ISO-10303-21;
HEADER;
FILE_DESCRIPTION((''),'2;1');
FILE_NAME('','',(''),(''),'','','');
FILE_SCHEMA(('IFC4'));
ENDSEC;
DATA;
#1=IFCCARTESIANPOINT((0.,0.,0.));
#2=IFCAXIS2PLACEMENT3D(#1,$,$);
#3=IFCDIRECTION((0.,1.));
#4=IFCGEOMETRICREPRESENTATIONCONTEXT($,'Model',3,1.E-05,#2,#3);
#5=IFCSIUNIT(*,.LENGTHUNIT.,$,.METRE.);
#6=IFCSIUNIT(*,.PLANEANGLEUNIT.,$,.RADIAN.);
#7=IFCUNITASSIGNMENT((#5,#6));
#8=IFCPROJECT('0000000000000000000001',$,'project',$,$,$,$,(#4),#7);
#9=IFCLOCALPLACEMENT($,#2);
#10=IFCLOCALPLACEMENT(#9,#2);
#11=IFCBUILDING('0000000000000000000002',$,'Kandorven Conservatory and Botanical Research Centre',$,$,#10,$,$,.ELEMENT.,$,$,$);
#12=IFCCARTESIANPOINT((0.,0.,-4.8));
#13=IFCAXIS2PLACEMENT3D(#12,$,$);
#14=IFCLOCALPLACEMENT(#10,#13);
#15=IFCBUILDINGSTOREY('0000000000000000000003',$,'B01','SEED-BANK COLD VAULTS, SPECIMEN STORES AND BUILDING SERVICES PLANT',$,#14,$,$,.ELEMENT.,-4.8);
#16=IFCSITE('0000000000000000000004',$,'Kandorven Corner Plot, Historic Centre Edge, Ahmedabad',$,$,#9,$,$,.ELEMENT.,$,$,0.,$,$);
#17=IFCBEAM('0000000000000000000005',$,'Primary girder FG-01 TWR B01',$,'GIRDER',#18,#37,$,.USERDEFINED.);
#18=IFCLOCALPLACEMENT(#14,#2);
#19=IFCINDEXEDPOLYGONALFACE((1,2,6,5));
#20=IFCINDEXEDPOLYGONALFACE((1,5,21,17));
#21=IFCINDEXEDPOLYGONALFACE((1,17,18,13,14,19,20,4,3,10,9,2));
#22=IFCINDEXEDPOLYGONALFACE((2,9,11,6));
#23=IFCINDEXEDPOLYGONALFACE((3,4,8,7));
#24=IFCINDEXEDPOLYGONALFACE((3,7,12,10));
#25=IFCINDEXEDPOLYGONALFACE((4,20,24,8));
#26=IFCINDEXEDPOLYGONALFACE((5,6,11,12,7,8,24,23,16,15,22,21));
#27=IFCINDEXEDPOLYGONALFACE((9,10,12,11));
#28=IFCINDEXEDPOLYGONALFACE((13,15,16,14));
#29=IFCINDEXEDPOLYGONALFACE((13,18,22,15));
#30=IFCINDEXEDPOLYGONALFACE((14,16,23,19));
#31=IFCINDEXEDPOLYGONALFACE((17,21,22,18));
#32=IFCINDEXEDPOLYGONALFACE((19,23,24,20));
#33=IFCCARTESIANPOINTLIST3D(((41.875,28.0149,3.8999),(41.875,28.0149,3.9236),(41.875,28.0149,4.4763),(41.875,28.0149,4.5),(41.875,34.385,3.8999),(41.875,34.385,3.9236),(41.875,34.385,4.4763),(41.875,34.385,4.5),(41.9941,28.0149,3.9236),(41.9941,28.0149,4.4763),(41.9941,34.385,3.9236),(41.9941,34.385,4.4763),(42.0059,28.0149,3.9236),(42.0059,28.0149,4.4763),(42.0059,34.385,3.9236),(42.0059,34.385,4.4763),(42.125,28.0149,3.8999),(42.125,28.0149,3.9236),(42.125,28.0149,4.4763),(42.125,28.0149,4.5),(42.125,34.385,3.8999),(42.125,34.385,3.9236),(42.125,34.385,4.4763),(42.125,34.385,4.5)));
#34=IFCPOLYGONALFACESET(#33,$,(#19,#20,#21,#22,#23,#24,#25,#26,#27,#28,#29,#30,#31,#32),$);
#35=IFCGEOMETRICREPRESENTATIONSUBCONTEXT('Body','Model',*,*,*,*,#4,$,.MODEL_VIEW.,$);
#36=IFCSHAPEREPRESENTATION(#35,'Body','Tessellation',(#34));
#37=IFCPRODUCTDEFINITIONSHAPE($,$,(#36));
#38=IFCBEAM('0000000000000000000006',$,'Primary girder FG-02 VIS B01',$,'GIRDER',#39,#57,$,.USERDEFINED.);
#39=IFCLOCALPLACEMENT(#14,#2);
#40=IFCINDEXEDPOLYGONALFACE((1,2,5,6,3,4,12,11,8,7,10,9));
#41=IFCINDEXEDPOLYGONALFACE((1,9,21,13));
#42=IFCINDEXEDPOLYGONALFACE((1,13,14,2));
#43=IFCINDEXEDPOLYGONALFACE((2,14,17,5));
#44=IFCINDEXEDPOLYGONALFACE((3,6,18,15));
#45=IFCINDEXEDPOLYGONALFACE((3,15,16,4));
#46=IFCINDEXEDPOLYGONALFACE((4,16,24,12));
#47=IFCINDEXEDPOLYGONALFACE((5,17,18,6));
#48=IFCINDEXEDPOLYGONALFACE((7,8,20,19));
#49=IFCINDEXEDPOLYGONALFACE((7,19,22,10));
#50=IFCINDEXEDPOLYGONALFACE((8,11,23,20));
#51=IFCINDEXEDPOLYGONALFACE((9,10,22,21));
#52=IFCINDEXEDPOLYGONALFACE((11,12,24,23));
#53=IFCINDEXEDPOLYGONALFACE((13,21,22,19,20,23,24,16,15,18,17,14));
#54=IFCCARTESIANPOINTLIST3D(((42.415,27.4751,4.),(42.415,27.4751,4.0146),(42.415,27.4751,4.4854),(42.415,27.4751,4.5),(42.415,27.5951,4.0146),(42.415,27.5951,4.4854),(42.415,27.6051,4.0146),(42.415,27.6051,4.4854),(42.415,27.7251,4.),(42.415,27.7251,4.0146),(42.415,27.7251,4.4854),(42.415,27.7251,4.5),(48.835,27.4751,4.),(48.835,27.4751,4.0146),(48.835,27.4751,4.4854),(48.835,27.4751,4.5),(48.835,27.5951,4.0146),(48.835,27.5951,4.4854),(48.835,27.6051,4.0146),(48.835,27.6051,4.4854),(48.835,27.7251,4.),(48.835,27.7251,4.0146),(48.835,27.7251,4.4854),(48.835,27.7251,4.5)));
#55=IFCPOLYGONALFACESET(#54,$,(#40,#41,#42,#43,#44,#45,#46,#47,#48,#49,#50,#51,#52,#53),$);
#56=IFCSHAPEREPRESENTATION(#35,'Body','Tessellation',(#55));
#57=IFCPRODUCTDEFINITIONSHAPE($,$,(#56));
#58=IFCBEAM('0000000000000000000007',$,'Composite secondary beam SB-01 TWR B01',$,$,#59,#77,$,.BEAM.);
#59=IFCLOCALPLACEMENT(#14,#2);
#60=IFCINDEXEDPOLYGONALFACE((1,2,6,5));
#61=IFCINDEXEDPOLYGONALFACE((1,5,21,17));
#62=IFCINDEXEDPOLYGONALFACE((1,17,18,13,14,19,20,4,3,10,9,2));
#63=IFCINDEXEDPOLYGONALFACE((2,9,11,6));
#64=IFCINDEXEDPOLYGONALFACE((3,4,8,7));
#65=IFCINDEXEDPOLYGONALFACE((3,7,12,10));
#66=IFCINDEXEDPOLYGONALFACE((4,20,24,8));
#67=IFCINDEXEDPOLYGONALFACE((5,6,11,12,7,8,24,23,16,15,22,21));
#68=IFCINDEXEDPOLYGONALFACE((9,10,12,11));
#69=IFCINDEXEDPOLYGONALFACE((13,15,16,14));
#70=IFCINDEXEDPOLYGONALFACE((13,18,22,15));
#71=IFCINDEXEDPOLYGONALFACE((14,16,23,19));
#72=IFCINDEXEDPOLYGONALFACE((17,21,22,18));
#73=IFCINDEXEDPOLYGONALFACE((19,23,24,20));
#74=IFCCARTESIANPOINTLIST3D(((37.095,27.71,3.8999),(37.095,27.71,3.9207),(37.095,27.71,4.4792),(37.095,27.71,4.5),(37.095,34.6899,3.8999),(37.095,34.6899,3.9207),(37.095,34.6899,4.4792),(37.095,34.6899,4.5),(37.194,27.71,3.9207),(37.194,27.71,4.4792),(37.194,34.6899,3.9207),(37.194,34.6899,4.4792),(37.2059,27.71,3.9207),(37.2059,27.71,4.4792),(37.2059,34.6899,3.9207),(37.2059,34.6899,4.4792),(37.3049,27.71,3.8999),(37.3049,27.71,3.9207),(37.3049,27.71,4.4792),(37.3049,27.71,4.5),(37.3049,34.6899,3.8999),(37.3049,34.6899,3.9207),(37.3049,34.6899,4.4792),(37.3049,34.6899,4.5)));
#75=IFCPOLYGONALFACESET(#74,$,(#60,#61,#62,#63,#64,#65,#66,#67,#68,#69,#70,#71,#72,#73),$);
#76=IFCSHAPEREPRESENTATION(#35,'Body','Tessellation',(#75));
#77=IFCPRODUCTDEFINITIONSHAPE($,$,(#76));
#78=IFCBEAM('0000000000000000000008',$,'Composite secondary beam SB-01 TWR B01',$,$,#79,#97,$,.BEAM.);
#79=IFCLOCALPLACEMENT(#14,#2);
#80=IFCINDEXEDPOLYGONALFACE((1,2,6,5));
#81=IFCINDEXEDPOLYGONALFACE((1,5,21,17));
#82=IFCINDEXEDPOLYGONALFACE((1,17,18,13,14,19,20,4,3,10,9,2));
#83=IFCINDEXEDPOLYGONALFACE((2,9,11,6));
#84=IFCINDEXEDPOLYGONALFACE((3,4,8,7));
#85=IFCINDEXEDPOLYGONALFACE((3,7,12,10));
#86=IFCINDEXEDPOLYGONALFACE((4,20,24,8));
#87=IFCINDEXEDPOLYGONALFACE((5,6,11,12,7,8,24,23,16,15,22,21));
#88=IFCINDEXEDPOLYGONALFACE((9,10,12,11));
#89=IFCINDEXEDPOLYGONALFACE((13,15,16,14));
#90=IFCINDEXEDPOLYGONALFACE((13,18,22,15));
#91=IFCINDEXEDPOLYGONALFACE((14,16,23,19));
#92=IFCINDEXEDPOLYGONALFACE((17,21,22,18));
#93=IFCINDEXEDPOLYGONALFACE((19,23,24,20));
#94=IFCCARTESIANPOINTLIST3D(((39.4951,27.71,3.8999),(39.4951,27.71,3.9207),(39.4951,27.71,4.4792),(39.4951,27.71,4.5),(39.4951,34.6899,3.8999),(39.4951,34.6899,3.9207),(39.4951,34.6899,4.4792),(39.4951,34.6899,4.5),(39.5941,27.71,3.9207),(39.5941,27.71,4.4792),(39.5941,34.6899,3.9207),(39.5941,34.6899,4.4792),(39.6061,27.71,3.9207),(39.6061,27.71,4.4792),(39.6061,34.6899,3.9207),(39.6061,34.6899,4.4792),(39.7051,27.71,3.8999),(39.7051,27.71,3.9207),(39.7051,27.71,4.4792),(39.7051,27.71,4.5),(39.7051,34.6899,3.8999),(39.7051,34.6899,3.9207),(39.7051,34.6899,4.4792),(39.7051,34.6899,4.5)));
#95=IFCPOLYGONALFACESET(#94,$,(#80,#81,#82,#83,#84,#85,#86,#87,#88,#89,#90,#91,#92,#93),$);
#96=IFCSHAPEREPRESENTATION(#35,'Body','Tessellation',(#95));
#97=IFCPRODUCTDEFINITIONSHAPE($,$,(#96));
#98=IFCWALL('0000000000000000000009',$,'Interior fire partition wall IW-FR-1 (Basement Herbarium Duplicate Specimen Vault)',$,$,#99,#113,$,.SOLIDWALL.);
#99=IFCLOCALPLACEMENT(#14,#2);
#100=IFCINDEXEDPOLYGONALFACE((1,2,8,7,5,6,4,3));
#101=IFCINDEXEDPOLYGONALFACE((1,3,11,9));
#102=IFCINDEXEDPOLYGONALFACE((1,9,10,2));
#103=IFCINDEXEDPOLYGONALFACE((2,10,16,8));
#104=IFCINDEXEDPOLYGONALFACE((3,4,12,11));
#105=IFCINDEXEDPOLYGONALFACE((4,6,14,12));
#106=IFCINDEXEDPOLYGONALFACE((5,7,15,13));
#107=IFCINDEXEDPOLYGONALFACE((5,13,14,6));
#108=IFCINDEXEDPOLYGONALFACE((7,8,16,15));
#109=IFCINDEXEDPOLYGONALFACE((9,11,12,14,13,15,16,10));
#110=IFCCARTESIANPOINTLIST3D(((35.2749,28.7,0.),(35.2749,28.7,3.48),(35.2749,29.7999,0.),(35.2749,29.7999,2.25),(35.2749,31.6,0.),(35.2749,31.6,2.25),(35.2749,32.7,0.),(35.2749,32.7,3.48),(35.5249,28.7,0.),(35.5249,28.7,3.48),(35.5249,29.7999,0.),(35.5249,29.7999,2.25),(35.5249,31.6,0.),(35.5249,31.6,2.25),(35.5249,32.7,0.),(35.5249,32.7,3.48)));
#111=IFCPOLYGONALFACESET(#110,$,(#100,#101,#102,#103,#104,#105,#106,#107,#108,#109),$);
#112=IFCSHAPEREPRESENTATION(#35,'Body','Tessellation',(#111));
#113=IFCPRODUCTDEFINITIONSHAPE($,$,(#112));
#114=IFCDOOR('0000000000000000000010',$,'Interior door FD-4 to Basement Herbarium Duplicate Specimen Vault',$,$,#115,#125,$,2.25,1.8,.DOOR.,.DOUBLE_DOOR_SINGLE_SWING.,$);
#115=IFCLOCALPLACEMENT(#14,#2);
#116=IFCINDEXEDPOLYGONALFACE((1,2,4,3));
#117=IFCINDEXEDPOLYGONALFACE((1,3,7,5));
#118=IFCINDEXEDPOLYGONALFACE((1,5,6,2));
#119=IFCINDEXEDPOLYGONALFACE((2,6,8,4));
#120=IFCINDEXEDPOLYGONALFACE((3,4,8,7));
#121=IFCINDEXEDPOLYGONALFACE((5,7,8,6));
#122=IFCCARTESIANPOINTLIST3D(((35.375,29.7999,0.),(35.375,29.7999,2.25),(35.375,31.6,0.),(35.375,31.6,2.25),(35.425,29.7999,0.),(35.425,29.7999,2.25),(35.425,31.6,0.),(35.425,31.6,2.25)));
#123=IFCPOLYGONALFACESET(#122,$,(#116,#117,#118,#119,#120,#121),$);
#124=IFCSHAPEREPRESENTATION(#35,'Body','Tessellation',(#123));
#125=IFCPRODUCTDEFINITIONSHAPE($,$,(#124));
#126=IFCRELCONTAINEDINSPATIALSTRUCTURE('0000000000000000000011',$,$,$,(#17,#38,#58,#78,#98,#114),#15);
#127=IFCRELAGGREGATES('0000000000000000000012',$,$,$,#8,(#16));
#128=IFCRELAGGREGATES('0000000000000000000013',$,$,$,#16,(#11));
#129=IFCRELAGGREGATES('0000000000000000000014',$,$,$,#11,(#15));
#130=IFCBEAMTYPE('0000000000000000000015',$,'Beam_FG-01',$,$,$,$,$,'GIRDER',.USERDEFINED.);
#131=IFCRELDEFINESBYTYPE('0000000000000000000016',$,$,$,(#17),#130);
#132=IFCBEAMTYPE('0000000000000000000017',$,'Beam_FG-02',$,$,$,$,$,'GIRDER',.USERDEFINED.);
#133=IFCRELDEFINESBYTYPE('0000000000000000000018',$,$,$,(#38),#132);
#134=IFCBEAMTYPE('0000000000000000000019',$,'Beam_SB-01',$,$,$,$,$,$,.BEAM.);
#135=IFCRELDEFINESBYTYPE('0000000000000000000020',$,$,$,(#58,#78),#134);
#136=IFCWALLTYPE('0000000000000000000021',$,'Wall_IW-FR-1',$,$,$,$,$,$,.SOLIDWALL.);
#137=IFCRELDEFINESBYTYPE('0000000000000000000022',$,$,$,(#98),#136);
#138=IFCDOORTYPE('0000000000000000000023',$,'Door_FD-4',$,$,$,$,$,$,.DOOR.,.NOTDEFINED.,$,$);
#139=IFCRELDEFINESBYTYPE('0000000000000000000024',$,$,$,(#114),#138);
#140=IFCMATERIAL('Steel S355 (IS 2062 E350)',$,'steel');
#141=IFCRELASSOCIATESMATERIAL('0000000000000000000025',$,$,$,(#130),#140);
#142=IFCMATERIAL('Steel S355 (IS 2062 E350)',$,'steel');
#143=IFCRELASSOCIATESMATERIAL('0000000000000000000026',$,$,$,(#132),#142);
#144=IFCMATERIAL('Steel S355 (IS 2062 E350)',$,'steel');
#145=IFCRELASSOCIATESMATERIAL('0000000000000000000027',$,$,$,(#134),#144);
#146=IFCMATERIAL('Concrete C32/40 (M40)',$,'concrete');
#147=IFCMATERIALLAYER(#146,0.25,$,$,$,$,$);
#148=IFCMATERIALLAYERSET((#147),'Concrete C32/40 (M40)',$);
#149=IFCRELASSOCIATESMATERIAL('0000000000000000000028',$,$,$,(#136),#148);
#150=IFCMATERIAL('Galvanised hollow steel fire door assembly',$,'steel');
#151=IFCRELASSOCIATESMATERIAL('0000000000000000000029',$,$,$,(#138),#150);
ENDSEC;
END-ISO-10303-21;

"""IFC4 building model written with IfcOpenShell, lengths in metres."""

from ifc_helpers import new_model, si_unit, direction, frame, frame_2d, origin, origin_2d, place, context, subcontext, project, spatial, rectangle, i_section, extrude, material, layer, layer_set, material_profile, profile_set, type_object, element, fill, save


model = new_model("IFC4")

# Units and contexts
model_context = context("Model", 3, precision=1e-05, world=origin(), true_north=direction((0.0, 1.0)))
body_context = subcontext(model_context, "Body", "Model", "MODEL_VIEW")
ifc_project = project(units=[si_unit("LENGTHUNIT", "METRE"), si_unit("PLANEANGLEUNIT", "RADIAN")], contexts=[model_context])

# Site, building, storey
site_placement = place(None, origin())
site = spatial("IfcSite", under=ifc_project, at=site_placement, Name="Kandorven Corner Plot, Historic Centre Edge, Ahmedabad", CompositionType="ELEMENT", RefElevation=0.0)
building_placement = place(site_placement, origin())
building = spatial("IfcBuilding", under=site, at=building_placement, Name="Kandorven Conservatory and Botanical Research Centre", CompositionType="ELEMENT")
storey_placement = place(building_placement, frame((0.0, 0.0, -4.8)))
storey = spatial("IfcBuildingStorey", under=building, at=storey_placement, Name="B01", Description="SEED-BANK COLD VAULTS, SPECIMEN STORES AND BUILDING SERVICES PLANT", CompositionType="ELEMENT", Elevation=-4.8)

# Beams
ifc_material_1 = material(Name="Steel S355 (IS 2062 E350)", Category="steel")
ifc_material_profile_1 = material_profile(ifc_material_1, i_section(OverallWidth=0.25, OverallDepth=0.6001, WebThickness=0.0117, FlangeThickness=0.0237, at=origin_2d()))
ifc_profile_set_1 = profile_set([ifc_material_profile_1], Name="Steel S355 (IS 2062 E350)")
beam_type_1 = type_object("IfcBeamType", Name="Beam_FG-01", ElementType="GIRDER", PredefinedType="USERDEFINED", material=ifc_profile_set_1)
beam_1_placement = place(storey_placement, frame((42.0, 28.0149, 4.2), z_axis=(0.0, 1.0, 0.0), x_axis=(-1.0, 0.0, 0.0)))
element("IfcBeam", 1, at=beam_1_placement, inside=storey, type_object=beam_type_1, Name="Primary girder FG-01 TWR B01", ObjectType="GIRDER", PredefinedType="USERDEFINED", context=body_context, shape_type="SweptSolid", body=[
    extrude(i_section(OverallWidth=0.25, OverallDepth=0.6001, WebThickness=0.0117, FlangeThickness=0.0237, at=origin_2d()), origin(), (0.0, 0.0, 1.0), 6.3701),
])
ifc_material_2 = material(Name="Steel S355 (IS 2062 E350)", Category="steel")
ifc_material_profile_2 = material_profile(ifc_material_2, i_section(OverallWidth=0.25, OverallDepth=0.5, WebThickness=0.01, FlangeThickness=0.0146, at=origin_2d()))
ifc_profile_set_2 = profile_set([ifc_material_profile_2], Name="Steel S355 (IS 2062 E350)")
beam_type_2 = type_object("IfcBeamType", Name="Beam_FG-02", ElementType="GIRDER", PredefinedType="USERDEFINED", material=ifc_profile_set_2)
beam_2_placement = place(storey_placement, frame((42.415, 27.6001, 4.25), z_axis=(1.0, 0.0, 0.0), x_axis=(0.0, 1.0, 0.0)))
element("IfcBeam", 2, at=beam_2_placement, inside=storey, type_object=beam_type_2, Name="Primary girder FG-02 VIS B01", ObjectType="GIRDER", PredefinedType="USERDEFINED", context=body_context, shape_type="SweptSolid", body=[
    extrude(i_section(OverallWidth=0.25, OverallDepth=0.5, WebThickness=0.01, FlangeThickness=0.0146, at=origin_2d()), origin(), (0.0, 0.0, 1.0), 6.4199),
])
ifc_material_3 = material(Name="Steel S355 (IS 2062 E350)", Category="steel")
ifc_material_profile_3 = material_profile(ifc_material_3, i_section(OverallWidth=0.21, OverallDepth=0.6001, WebThickness=0.012, FlangeThickness=0.0208, at=origin_2d()))
ifc_profile_set_3 = profile_set([ifc_material_profile_3], Name="Steel S355 (IS 2062 E350)")
beam_type_3 = type_object("IfcBeamType", Name="Beam_SB-01", PredefinedType="BEAM", material=ifc_profile_set_3)
for number, where, z_axis, x_axis, name in (
    (3, (37.2, 27.71, 4.2), (0.0, 1.0, 0.0), (-1.0, 0.0, 0.0), "Composite secondary beam SB-01 TWR B01"),
    (4, (39.6001, 27.71, 4.2), (0.0, 1.0, 0.0), (-1.0, 0.0, 0.0), "Composite secondary beam SB-01 TWR B01"),
):
    element("IfcBeam", number, at=place(storey_placement, frame(where, z_axis=z_axis, x_axis=x_axis)), inside=storey, type_object=beam_type_3, Name=name, PredefinedType="BEAM", context=body_context, shape_type="SweptSolid", body=[
        extrude(i_section(OverallWidth=0.21, OverallDepth=0.6001, WebThickness=0.012, FlangeThickness=0.0208, at=origin_2d()), origin(), (0.0, 0.0, 1.0), 6.98),
    ])

# Wall, opening, door
ifc_material_4 = material(Name="Concrete C32/40 (M40)", Category="concrete")
ifc_layer = layer(ifc_material_4, 0.25)
ifc_layer_set = layer_set([ifc_layer], Name="Concrete C32/40 (M40)")
wall_type = type_object("IfcWallType", Name="Wall_IW-FR-1", PredefinedType="SOLIDWALL", material=ifc_layer_set)
wall_placement = place(storey_placement, frame((35.3999, 28.7, 0.0), z_axis=(0.0, 0.0, 1.0), x_axis=(0.0, 1.0, 0.0)))
wall = element("IfcWall", 5, at=wall_placement, inside=storey, type_object=wall_type, Name="Interior fire partition wall IW-FR-1 (Basement Herbarium Duplicate Specimen Vault)", PredefinedType="SOLIDWALL", context=body_context, shape_type="SweptSolid", body=[
    extrude(rectangle(XDim=4.0, YDim=0.25, at=frame_2d((2.0, 0.0))), origin(), (0.0, 0.0, 1.0), 3.48),
])
opening_placement = place(wall_placement, frame((1.1001, 0.0, 0.0)))
opening = element("IfcOpeningElement", 6, at=opening_placement, cuts=wall, PredefinedType="OPENING", context=body_context, shape_type="SweptSolid", body=[
    extrude(rectangle(XDim=1.8, YDim=2.25, at=frame_2d((0.8999, 1.125))), frame((0.0, 0.135, 0.0), z_axis=(0.0, -1.0, 0.0), x_axis=(1.0, 0.0, 0.0)), (0.0, 0.0, 1.0), 0.27),
])
ifc_material_5 = material(Name="Galvanised hollow steel fire door assembly", Category="steel")
door_type = type_object("IfcDoorType", Name="Door_FD-4", OperationType="NOTDEFINED", PredefinedType="DOOR", material=ifc_material_5)
door_placement = place(opening_placement, origin())
door = element("IfcDoor", 7, at=door_placement, inside=storey, type_object=door_type, Name="Interior door FD-4 to Basement Herbarium Duplicate Specimen Vault", OperationType="DOUBLE_DOOR_SINGLE_SWING", OverallHeight=2.25, OverallWidth=1.8, PredefinedType="DOOR", context=body_context, shape_type="SweptSolid", body=[
    extrude(rectangle(XDim=1.8, YDim=2.25, at=frame_2d((0.8999, 1.125))), frame((0.0, 0.0249, 0.0), z_axis=(0.0, -1.0, 0.0), x_axis=(1.0, 0.0, 0.0)), (0.0, 0.0, 1.0), 0.05),
])
fill(opening, door)

save(model, "model.ifc")
